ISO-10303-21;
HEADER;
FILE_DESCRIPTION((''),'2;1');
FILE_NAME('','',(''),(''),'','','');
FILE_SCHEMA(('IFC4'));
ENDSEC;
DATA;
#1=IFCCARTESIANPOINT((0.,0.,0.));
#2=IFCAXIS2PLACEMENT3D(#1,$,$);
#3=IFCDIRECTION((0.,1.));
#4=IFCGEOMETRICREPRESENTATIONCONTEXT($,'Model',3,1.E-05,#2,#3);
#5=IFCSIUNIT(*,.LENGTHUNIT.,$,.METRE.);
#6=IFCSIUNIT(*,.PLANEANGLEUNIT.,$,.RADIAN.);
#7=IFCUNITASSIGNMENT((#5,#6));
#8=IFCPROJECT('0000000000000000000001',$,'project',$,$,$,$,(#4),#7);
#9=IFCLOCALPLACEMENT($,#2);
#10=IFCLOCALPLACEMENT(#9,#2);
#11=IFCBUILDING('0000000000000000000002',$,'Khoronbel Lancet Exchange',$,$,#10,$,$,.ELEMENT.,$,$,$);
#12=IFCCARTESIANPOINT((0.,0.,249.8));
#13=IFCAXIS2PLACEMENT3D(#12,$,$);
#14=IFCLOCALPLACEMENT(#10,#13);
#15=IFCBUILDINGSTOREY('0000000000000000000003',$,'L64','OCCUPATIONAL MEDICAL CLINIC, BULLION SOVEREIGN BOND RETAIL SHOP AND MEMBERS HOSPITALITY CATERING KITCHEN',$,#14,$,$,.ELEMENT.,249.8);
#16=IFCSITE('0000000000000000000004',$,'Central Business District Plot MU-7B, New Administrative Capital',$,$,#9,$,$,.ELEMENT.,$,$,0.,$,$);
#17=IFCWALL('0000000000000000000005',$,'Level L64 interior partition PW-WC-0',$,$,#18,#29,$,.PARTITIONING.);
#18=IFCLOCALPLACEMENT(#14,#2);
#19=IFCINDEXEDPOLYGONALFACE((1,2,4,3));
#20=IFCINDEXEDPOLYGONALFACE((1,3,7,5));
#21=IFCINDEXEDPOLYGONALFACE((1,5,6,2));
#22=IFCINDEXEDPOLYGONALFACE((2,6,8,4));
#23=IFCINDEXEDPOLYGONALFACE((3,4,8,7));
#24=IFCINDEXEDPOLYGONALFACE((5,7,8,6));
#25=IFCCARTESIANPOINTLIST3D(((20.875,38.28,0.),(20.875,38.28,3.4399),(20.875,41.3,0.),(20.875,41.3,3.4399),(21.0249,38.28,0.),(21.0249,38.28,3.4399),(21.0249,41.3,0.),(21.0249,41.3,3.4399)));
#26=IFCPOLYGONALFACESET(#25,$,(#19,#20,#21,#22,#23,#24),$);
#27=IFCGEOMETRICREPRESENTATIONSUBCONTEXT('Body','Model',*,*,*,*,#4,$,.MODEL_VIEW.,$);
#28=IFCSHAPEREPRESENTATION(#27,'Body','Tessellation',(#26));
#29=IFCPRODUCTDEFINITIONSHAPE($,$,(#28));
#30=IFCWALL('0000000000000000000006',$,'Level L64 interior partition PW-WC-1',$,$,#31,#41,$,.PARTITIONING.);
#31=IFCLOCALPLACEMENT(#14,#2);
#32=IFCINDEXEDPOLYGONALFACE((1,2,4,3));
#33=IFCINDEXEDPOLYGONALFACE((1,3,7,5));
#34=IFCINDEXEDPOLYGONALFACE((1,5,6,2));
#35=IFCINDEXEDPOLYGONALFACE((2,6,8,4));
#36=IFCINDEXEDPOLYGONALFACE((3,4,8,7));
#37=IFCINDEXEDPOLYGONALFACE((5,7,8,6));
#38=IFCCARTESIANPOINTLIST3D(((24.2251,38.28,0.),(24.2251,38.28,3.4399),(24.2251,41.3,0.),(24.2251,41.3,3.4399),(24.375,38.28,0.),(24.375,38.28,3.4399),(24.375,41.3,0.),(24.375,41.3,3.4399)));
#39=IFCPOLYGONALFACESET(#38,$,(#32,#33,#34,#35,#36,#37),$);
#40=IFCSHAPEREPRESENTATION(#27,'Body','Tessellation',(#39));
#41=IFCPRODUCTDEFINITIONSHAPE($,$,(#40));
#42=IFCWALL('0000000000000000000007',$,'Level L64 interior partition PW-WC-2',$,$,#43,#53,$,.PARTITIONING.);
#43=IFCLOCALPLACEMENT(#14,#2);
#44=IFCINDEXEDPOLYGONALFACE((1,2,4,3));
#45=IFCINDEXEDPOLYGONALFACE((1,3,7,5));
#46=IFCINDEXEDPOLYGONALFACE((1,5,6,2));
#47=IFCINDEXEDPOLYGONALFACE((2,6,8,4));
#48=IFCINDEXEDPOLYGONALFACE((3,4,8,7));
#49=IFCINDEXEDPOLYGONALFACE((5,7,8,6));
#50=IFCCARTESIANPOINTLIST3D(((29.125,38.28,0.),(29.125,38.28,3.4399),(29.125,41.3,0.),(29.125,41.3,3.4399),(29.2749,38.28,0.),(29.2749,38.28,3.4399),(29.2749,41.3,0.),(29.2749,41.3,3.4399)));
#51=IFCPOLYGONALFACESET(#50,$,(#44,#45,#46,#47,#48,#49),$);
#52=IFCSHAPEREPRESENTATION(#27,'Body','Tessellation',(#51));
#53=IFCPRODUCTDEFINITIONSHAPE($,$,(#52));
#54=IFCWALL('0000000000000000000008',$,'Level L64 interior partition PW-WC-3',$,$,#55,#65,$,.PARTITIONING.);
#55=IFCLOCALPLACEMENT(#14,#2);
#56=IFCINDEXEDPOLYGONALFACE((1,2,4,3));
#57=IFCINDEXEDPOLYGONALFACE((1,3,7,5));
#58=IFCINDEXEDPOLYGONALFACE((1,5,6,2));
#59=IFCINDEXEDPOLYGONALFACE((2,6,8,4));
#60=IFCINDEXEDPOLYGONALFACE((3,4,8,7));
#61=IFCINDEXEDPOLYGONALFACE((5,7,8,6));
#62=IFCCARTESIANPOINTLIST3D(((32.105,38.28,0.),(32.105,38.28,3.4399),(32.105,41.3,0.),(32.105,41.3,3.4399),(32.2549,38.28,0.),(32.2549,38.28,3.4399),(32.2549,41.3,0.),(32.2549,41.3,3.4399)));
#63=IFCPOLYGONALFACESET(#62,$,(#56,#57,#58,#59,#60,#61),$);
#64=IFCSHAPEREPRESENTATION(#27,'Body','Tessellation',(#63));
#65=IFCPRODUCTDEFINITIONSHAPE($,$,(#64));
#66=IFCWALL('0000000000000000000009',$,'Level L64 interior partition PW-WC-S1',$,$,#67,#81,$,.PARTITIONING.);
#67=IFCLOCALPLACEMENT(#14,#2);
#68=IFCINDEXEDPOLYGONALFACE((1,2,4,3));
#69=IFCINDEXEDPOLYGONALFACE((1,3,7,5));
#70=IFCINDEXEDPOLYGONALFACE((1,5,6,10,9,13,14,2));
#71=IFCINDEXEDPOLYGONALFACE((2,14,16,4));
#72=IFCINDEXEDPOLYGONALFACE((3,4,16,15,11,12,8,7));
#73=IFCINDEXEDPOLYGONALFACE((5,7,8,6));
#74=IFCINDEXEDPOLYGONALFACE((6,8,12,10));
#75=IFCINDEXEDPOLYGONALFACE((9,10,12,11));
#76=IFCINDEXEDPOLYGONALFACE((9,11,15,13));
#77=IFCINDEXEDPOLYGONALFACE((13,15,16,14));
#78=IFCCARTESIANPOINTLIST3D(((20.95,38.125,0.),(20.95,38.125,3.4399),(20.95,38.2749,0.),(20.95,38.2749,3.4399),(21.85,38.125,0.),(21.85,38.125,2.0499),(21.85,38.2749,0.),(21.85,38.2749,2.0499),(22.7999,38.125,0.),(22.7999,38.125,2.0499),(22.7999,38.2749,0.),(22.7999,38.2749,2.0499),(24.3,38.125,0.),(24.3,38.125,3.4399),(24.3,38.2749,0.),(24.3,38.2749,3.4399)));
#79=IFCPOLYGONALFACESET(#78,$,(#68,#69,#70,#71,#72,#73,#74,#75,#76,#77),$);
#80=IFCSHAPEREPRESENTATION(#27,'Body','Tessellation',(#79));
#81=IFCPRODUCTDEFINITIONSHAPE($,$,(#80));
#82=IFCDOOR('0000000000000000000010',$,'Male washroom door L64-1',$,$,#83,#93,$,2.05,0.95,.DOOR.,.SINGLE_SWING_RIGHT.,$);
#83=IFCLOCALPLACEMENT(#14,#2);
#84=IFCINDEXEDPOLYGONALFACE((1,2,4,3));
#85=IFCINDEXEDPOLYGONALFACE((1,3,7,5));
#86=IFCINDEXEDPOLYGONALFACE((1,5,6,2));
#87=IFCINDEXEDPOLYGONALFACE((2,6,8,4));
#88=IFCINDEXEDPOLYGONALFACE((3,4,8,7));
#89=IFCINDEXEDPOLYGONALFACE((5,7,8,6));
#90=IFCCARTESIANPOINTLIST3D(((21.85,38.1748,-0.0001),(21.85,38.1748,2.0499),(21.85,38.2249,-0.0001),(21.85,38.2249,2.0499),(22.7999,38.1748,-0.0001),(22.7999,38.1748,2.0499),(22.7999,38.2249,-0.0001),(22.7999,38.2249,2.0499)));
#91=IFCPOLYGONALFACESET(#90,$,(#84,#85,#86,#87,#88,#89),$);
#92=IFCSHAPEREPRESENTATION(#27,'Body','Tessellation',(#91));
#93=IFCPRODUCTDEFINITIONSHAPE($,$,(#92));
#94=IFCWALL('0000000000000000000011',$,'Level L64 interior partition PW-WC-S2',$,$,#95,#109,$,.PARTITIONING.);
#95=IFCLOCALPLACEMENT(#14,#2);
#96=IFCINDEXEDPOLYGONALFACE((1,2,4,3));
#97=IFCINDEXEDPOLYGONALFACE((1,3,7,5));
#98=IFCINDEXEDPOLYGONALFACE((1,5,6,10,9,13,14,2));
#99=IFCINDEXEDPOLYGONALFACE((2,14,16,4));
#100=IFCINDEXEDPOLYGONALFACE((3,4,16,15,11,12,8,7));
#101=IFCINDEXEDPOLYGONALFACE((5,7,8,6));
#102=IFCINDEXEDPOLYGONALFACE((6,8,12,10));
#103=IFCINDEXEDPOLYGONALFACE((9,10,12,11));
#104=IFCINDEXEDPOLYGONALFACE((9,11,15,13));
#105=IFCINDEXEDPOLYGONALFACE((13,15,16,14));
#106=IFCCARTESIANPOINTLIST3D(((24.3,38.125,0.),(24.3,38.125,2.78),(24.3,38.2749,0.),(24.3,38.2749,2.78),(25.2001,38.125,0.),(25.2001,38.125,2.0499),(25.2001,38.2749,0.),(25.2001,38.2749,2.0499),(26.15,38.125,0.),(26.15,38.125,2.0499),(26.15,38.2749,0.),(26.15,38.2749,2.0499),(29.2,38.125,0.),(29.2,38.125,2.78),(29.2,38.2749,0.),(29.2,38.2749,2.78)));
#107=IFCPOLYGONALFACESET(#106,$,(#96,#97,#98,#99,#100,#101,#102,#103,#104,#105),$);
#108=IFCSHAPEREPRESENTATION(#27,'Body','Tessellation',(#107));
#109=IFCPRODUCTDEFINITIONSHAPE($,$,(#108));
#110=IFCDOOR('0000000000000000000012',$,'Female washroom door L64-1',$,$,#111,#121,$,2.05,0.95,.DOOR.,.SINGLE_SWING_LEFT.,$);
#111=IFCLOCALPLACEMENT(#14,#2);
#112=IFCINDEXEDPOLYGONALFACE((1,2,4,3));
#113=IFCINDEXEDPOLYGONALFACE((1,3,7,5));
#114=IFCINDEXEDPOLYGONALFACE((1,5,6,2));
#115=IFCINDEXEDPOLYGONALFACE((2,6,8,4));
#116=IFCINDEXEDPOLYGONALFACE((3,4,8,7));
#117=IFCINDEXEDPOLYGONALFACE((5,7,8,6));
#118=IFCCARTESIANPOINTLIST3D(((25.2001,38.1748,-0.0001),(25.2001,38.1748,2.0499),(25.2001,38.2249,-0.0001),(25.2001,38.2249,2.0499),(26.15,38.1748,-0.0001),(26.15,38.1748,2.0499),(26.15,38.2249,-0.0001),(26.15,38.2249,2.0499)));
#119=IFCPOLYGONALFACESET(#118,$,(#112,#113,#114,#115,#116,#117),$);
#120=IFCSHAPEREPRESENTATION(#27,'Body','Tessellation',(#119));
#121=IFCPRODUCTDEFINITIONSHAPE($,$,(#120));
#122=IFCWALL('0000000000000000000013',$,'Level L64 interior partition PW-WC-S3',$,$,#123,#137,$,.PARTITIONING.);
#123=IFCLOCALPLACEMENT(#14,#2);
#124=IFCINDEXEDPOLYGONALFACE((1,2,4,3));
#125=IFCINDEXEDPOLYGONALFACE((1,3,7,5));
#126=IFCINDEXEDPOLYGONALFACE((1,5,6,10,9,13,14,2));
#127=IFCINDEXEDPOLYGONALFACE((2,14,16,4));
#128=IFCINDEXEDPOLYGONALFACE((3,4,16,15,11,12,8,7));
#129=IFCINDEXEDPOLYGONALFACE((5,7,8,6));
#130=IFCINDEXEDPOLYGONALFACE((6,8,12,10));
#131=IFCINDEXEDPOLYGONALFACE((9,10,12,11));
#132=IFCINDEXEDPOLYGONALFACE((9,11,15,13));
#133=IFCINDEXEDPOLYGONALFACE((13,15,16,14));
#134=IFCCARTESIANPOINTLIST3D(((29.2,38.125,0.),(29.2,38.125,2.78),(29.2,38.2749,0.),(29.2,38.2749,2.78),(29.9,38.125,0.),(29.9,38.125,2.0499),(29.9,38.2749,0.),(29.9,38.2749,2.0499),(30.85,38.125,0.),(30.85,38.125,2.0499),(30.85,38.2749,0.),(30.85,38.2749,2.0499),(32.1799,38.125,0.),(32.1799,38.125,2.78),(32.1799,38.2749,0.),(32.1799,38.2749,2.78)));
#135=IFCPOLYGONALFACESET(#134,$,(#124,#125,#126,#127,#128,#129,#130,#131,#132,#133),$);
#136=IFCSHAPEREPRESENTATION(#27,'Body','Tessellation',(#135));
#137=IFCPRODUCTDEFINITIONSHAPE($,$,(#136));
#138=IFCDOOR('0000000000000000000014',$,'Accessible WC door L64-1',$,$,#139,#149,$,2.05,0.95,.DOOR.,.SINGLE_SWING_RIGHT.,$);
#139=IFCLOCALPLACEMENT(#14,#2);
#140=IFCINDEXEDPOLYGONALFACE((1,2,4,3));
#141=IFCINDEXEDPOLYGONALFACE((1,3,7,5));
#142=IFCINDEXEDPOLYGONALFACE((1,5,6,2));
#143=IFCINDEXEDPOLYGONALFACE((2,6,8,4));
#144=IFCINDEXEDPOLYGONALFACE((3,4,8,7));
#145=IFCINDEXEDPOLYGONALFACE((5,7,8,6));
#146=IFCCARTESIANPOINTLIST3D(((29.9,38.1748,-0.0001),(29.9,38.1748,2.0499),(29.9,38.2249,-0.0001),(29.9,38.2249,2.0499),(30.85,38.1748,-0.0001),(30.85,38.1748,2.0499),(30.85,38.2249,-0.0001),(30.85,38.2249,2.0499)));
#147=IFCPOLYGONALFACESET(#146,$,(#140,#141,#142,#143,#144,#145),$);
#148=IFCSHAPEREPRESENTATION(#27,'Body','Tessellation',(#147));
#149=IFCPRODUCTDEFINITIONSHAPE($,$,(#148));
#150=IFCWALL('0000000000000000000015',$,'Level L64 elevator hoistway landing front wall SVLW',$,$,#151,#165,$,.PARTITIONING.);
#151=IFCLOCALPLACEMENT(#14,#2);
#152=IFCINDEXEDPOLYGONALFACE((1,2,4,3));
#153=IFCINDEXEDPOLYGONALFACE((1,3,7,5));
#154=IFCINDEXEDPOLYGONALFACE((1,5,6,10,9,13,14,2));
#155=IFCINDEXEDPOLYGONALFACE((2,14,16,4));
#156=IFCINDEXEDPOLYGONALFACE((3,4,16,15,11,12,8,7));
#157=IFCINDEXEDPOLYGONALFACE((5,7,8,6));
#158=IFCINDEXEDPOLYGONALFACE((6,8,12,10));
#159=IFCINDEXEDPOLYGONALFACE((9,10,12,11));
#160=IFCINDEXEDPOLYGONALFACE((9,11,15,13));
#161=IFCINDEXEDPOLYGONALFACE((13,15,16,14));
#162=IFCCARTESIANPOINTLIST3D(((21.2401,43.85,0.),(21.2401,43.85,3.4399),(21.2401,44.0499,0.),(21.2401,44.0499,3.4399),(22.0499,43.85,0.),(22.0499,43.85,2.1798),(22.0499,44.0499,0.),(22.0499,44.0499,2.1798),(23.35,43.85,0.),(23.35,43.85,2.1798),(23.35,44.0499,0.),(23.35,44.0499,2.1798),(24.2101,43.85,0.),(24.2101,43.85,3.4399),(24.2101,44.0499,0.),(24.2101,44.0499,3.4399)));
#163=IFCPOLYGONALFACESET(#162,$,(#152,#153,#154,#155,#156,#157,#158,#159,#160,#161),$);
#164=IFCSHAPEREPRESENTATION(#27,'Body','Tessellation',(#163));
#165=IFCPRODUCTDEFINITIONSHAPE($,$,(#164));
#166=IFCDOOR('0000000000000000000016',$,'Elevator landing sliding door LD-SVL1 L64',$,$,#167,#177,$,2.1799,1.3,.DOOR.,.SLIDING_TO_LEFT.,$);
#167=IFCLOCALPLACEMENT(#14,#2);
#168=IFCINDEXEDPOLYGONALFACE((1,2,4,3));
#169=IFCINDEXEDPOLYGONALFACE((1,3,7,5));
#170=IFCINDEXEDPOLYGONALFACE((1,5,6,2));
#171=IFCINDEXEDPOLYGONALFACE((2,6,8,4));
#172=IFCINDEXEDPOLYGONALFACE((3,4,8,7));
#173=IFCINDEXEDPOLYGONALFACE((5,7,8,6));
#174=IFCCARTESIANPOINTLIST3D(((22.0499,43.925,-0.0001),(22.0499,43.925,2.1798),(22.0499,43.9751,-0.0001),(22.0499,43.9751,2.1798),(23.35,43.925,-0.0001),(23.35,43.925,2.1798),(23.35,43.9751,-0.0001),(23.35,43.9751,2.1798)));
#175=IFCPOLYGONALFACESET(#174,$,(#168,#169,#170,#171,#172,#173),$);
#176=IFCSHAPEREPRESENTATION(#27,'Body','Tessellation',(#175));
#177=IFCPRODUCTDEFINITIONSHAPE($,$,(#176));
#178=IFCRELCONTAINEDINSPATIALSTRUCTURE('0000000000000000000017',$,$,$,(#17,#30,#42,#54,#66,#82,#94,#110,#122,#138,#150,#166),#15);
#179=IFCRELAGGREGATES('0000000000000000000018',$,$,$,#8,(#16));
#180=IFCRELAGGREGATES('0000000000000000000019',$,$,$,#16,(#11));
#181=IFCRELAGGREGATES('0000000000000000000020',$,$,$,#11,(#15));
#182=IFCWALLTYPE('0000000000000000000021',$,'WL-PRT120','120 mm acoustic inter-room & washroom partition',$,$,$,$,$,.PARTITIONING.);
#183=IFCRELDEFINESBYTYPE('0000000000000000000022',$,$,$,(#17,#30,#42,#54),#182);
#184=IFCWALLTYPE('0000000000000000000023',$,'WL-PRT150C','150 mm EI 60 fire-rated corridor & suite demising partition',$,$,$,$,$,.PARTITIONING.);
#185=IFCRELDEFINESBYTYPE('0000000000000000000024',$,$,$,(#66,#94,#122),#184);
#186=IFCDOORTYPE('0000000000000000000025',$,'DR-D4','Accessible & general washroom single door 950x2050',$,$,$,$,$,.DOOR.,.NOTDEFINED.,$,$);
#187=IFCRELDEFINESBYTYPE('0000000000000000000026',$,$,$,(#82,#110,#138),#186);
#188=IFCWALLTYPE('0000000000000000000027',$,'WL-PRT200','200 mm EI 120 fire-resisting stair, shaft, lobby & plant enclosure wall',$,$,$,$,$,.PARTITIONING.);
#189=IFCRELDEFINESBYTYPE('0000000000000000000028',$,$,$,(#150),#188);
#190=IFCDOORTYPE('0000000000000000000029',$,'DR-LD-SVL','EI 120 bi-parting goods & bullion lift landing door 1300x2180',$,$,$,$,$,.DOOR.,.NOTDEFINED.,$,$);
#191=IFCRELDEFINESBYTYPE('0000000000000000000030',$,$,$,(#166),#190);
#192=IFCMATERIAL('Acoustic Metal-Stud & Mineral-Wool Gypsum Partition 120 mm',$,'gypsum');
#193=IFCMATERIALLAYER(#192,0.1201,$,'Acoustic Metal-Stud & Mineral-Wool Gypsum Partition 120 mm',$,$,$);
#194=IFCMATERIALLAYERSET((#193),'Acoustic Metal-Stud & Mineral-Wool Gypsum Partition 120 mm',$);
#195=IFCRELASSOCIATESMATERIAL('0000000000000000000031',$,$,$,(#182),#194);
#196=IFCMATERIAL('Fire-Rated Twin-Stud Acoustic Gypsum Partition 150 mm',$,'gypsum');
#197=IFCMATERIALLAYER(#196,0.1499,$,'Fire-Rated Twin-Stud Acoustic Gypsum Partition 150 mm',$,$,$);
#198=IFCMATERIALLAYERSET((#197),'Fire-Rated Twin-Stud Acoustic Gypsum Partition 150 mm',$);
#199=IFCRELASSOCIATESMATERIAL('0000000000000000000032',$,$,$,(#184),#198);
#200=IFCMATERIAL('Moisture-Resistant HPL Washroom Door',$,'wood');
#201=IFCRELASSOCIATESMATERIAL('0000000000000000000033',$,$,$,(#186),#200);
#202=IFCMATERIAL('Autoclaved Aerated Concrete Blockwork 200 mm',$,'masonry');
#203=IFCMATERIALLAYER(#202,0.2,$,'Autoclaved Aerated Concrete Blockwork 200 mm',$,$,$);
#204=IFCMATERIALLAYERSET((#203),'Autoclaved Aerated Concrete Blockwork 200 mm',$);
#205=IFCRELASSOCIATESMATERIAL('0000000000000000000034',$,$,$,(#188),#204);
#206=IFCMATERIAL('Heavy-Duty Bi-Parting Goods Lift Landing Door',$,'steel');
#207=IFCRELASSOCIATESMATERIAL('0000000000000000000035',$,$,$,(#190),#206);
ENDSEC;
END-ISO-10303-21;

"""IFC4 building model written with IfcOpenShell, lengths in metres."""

from ifc_helpers import new_model, si_unit, direction, frame, frame_2d, origin, place, context, subcontext, project, spatial, rectangle, extrude, material, layer, layer_set, type_object, element, fill, save


model = new_model("IFC4")

# Units and contexts
model_context = context("Model", 3, precision=1e-05, world=origin(), true_north=direction((0.0, 1.0)))
body_context = subcontext(model_context, "Body", "Model", "MODEL_VIEW")
ifc_project = project(units=[si_unit("LENGTHUNIT", "METRE"), si_unit("PLANEANGLEUNIT", "RADIAN")], contexts=[model_context])

# Site, building, storey
site_placement = place(None, origin())
site = spatial("IfcSite", under=ifc_project, at=site_placement, Name="Central Business District Plot MU-7B, New Administrative Capital", CompositionType="ELEMENT", RefElevation=0.0)
building_placement = place(site_placement, origin())
building = spatial("IfcBuilding", under=site, at=building_placement, Name="Khoronbel Lancet Exchange", CompositionType="ELEMENT")
storey_placement = place(building_placement, frame((0.0, 0.0, 249.8)))
storey = spatial("IfcBuildingStorey", under=building, at=storey_placement, Name="L64", Description="OCCUPATIONAL MEDICAL CLINIC, BULLION SOVEREIGN BOND RETAIL SHOP AND MEMBERS HOSPITALITY CATERING KITCHEN", CompositionType="ELEMENT", Elevation=249.8)

# Walls
ifc_material_1 = material(Name="Acoustic Metal-Stud & Mineral-Wool Gypsum Partition 120 mm", Category="gypsum")
ifc_layer_1 = layer(ifc_material_1, 0.1201, Name="Acoustic Metal-Stud & Mineral-Wool Gypsum Partition 120 mm")
ifc_layer_set_1 = layer_set([ifc_layer_1], Name="Acoustic Metal-Stud & Mineral-Wool Gypsum Partition 120 mm")
wall_type_1 = type_object("IfcWallType", Name="WL-PRT120", Description="120 mm acoustic inter-room & washroom partition", PredefinedType="PARTITIONING", material=ifc_layer_set_1)
for number, where, z_axis, x_axis, name in (
    (1, (20.95, 38.28, 0.0), (0.0, 0.0, 1.0), (0.0, 1.0, 0.0), "Level L64 interior partition PW-WC-0"),
    (2, (24.3, 38.28, 0.0), (0.0, 0.0, 1.0), (0.0, 1.0, 0.0), "Level L64 interior partition PW-WC-1"),
    (3, (29.2, 38.28, 0.0), (0.0, 0.0, 1.0), (0.0, 1.0, 0.0), "Level L64 interior partition PW-WC-2"),
    (4, (32.1799, 38.28, 0.0), (0.0, 0.0, 1.0), (0.0, 1.0, 0.0), "Level L64 interior partition PW-WC-3"),
):
    element("IfcWall", number, at=place(storey_placement, frame(where, z_axis=z_axis, x_axis=x_axis)), inside=storey, type_object=wall_type_1, Name=name, PredefinedType="PARTITIONING", context=body_context, shape_type="SweptSolid", body=[
        extrude(rectangle(XDim=3.02, YDim=0.1499, at=frame_2d((1.51, 0.0))), origin(), (0.0, 0.0, 1.0), 3.4399),
    ])

# Walls, openings, doors
ifc_material_2 = material(Name="Fire-Rated Twin-Stud Acoustic Gypsum Partition 150 mm", Category="gypsum")
ifc_layer_2 = layer(ifc_material_2, 0.1499, Name="Fire-Rated Twin-Stud Acoustic Gypsum Partition 150 mm")
ifc_layer_set_2 = layer_set([ifc_layer_2], Name="Fire-Rated Twin-Stud Acoustic Gypsum Partition 150 mm")
wall_type_2 = type_object("IfcWallType", Name="WL-PRT150C", Description="150 mm EI 60 fire-rated corridor & suite demising partition", PredefinedType="PARTITIONING", material=ifc_layer_set_2)
wall_1_placement = place(storey_placement, frame((20.95, 38.2, 0.0), z_axis=(0.0, 0.0, 1.0), x_axis=(1.0, 0.0, 0.0)))
wall_1 = element("IfcWall", 5, at=wall_1_placement, inside=storey, type_object=wall_type_2, Name="Level L64 interior partition PW-WC-S1", PredefinedType="PARTITIONING", context=body_context, shape_type="SweptSolid", body=[
    extrude(rectangle(XDim=3.3501, YDim=0.1499, at=frame_2d((1.675, 0.0))), origin(), (0.0, 0.0, 1.0), 3.4399),
])
opening_1_placement = place(wall_1_placement, frame((0.8999, 0.0, 0.0)))
opening_1 = element("IfcOpeningElement", 6, at=opening_1_placement, cuts=wall_1, PredefinedType="OPENING", context=body_context, shape_type="SweptSolid", body=[
    extrude(rectangle(XDim=0.95, YDim=2.05, at=frame_2d((0.4751, 1.0249))), frame((0.0, 0.085, 0.0), z_axis=(0.0, -1.0, 0.0), x_axis=(1.0, 0.0, 0.0)), (0.0, 0.0, 1.0), 0.1699),
])
ifc_material_3 = material(Name="Moisture-Resistant HPL Washroom Door", Category="wood")
door_type_1 = type_object("IfcDoorType", Name="DR-D4", Description="Accessible & general washroom single door 950x2050", OperationType="NOTDEFINED", PredefinedType="DOOR", material=ifc_material_3)
door_1_placement = place(opening_1_placement, origin())
door_1 = element("IfcDoor", 7, at=door_1_placement, inside=storey, type_object=door_type_1, Name="Male washroom door L64-1", OperationType="SINGLE_SWING_RIGHT", OverallHeight=2.05, OverallWidth=0.95, PredefinedType="DOOR", context=body_context, shape_type="SweptSolid", body=[
    extrude(rectangle(XDim=0.95, YDim=2.05, at=frame_2d((0.4751, 1.0249))), frame((0.0, 0.0249, 0.0), z_axis=(0.0, -1.0, 0.0), x_axis=(1.0, 0.0, 0.0)), (0.0, 0.0, 1.0), 0.05),
])
fill(opening_1, door_1)
wall_2_placement = place(storey_placement, frame((24.3, 38.2, 0.0), z_axis=(0.0, 0.0, 1.0), x_axis=(1.0, 0.0, 0.0)))
wall_2 = element("IfcWall", 8, at=wall_2_placement, inside=storey, type_object=wall_type_2, Name="Level L64 interior partition PW-WC-S2", PredefinedType="PARTITIONING", context=body_context, shape_type="SweptSolid", body=[
    extrude(rectangle(XDim=4.8999, YDim=0.1499, at=frame_2d((2.45, 0.0))), origin(), (0.0, 0.0, 1.0), 2.78),
])
opening_2_placement = place(wall_2_placement, frame((0.8999, 0.0, 0.0)))
opening_2 = element("IfcOpeningElement", 9, at=opening_2_placement, cuts=wall_2, PredefinedType="OPENING", context=body_context, shape_type="SweptSolid", body=[
    extrude(rectangle(XDim=0.95, YDim=2.05, at=frame_2d((0.4751, 1.0249))), frame((0.0, 0.085, 0.0), z_axis=(0.0, -1.0, 0.0), x_axis=(1.0, 0.0, 0.0)), (0.0, 0.0, 1.0), 0.1699),
])
door_2_placement = place(opening_2_placement, origin())
door_2 = element("IfcDoor", 10, at=door_2_placement, inside=storey, type_object=door_type_1, Name="Female washroom door L64-1", OperationType="SINGLE_SWING_LEFT", OverallHeight=2.05, OverallWidth=0.95, PredefinedType="DOOR", context=body_context, shape_type="SweptSolid", body=[
    extrude(rectangle(XDim=0.95, YDim=2.05, at=frame_2d((0.4751, 1.0249))), frame((0.0, 0.0249, 0.0), z_axis=(0.0, -1.0, 0.0), x_axis=(1.0, 0.0, 0.0)), (0.0, 0.0, 1.0), 0.05),
])
fill(opening_2, door_2)
wall_3_placement = place(storey_placement, frame((29.2, 38.2, 0.0), z_axis=(0.0, 0.0, 1.0), x_axis=(1.0, 0.0, 0.0)))
wall_3 = element("IfcWall", 11, at=wall_3_placement, inside=storey, type_object=wall_type_2, Name="Level L64 interior partition PW-WC-S3", PredefinedType="PARTITIONING", context=body_context, shape_type="SweptSolid", body=[
    extrude(rectangle(XDim=2.98, YDim=0.1499, at=frame_2d((1.49, 0.0))), origin(), (0.0, 0.0, 1.0), 2.78),
])
opening_3_placement = place(wall_3_placement, frame((0.7, 0.0, 0.0)))
opening_3 = element("IfcOpeningElement", 12, at=opening_3_placement, cuts=wall_3, PredefinedType="OPENING", context=body_context, shape_type="SweptSolid", body=[
    extrude(rectangle(XDim=0.95, YDim=2.05, at=frame_2d((0.4751, 1.0249))), frame((0.0, 0.085, 0.0), z_axis=(0.0, -1.0, 0.0), x_axis=(1.0, 0.0, 0.0)), (0.0, 0.0, 1.0), 0.1699),
])
door_3_placement = place(opening_3_placement, origin())
door_3 = element("IfcDoor", 13, at=door_3_placement, inside=storey, type_object=door_type_1, Name="Accessible WC door L64-1", OperationType="SINGLE_SWING_RIGHT", OverallHeight=2.05, OverallWidth=0.95, PredefinedType="DOOR", context=body_context, shape_type="SweptSolid", body=[
    extrude(rectangle(XDim=0.95, YDim=2.05, at=frame_2d((0.4751, 1.0249))), frame((0.0, 0.0249, 0.0), z_axis=(0.0, -1.0, 0.0), x_axis=(1.0, 0.0, 0.0)), (0.0, 0.0, 1.0), 0.05),
])
fill(opening_3, door_3)
ifc_material_4 = material(Name="Autoclaved Aerated Concrete Blockwork 200 mm", Category="masonry")
ifc_layer_3 = layer(ifc_material_4, 0.2, Name="Autoclaved Aerated Concrete Blockwork 200 mm")
ifc_layer_set_3 = layer_set([ifc_layer_3], Name="Autoclaved Aerated Concrete Blockwork 200 mm")
wall_type_3 = type_object("IfcWallType", Name="WL-PRT200", Description="200 mm EI 120 fire-resisting stair, shaft, lobby & plant enclosure wall", PredefinedType="PARTITIONING", material=ifc_layer_set_3)
wall_4_placement = place(storey_placement, frame((24.21, 43.95, 0.0), z_axis=(0.0, 0.0, 1.0), x_axis=(-1.0, 0.0, 0.0)))
wall_4 = element("IfcWall", 14, at=wall_4_placement, inside=storey, type_object=wall_type_3, Name="Level L64 elevator hoistway landing front wall SVLW", PredefinedType="PARTITIONING", context=body_context, shape_type="SweptSolid", body=[
    extrude(rectangle(XDim=2.97, YDim=0.2, at=frame_2d((1.4849, 0.0))), origin(), (0.0, 0.0, 1.0), 3.4399),
])
opening_4_placement = place(wall_4_placement, frame((0.8601, 0.0, 0.0)))
opening_4 = element("IfcOpeningElement", 15, at=opening_4_placement, cuts=wall_4, PredefinedType="OPENING", context=body_context, shape_type="SweptSolid", body=[
    extrude(rectangle(XDim=1.3, YDim=2.1799, at=frame_2d((0.6499, 1.0898))), frame((0.0, 0.1099, 0.0), z_axis=(0.0, -1.0, 0.0), x_axis=(1.0, 0.0, 0.0)), (0.0, 0.0, 1.0), 0.22),
])
ifc_material_5 = material(Name="Heavy-Duty Bi-Parting Goods Lift Landing Door", Category="steel")
door_type_2 = type_object("IfcDoorType", Name="DR-LD-SVL", Description="EI 120 bi-parting goods & bullion lift landing door 1300x2180", OperationType="NOTDEFINED", PredefinedType="DOOR", material=ifc_material_5)
door_4_placement = place(opening_4_placement, origin())
door_4 = element("IfcDoor", 16, at=door_4_placement, inside=storey, type_object=door_type_2, Name="Elevator landing sliding door LD-SVL1 L64", OperationType="SLIDING_TO_LEFT", OverallHeight=2.1799, OverallWidth=1.3, PredefinedType="DOOR", context=body_context, shape_type="SweptSolid", body=[
    extrude(rectangle(XDim=1.3, YDim=2.1799, at=frame_2d((0.6499, 1.0898))), frame((0.0, 0.0249, 0.0), z_axis=(0.0, -1.0, 0.0), x_axis=(1.0, 0.0, 0.0)), (0.0, 0.0, 1.0), 0.05),
])
fill(opening_4, door_4)

save(model, "model.ifc")
